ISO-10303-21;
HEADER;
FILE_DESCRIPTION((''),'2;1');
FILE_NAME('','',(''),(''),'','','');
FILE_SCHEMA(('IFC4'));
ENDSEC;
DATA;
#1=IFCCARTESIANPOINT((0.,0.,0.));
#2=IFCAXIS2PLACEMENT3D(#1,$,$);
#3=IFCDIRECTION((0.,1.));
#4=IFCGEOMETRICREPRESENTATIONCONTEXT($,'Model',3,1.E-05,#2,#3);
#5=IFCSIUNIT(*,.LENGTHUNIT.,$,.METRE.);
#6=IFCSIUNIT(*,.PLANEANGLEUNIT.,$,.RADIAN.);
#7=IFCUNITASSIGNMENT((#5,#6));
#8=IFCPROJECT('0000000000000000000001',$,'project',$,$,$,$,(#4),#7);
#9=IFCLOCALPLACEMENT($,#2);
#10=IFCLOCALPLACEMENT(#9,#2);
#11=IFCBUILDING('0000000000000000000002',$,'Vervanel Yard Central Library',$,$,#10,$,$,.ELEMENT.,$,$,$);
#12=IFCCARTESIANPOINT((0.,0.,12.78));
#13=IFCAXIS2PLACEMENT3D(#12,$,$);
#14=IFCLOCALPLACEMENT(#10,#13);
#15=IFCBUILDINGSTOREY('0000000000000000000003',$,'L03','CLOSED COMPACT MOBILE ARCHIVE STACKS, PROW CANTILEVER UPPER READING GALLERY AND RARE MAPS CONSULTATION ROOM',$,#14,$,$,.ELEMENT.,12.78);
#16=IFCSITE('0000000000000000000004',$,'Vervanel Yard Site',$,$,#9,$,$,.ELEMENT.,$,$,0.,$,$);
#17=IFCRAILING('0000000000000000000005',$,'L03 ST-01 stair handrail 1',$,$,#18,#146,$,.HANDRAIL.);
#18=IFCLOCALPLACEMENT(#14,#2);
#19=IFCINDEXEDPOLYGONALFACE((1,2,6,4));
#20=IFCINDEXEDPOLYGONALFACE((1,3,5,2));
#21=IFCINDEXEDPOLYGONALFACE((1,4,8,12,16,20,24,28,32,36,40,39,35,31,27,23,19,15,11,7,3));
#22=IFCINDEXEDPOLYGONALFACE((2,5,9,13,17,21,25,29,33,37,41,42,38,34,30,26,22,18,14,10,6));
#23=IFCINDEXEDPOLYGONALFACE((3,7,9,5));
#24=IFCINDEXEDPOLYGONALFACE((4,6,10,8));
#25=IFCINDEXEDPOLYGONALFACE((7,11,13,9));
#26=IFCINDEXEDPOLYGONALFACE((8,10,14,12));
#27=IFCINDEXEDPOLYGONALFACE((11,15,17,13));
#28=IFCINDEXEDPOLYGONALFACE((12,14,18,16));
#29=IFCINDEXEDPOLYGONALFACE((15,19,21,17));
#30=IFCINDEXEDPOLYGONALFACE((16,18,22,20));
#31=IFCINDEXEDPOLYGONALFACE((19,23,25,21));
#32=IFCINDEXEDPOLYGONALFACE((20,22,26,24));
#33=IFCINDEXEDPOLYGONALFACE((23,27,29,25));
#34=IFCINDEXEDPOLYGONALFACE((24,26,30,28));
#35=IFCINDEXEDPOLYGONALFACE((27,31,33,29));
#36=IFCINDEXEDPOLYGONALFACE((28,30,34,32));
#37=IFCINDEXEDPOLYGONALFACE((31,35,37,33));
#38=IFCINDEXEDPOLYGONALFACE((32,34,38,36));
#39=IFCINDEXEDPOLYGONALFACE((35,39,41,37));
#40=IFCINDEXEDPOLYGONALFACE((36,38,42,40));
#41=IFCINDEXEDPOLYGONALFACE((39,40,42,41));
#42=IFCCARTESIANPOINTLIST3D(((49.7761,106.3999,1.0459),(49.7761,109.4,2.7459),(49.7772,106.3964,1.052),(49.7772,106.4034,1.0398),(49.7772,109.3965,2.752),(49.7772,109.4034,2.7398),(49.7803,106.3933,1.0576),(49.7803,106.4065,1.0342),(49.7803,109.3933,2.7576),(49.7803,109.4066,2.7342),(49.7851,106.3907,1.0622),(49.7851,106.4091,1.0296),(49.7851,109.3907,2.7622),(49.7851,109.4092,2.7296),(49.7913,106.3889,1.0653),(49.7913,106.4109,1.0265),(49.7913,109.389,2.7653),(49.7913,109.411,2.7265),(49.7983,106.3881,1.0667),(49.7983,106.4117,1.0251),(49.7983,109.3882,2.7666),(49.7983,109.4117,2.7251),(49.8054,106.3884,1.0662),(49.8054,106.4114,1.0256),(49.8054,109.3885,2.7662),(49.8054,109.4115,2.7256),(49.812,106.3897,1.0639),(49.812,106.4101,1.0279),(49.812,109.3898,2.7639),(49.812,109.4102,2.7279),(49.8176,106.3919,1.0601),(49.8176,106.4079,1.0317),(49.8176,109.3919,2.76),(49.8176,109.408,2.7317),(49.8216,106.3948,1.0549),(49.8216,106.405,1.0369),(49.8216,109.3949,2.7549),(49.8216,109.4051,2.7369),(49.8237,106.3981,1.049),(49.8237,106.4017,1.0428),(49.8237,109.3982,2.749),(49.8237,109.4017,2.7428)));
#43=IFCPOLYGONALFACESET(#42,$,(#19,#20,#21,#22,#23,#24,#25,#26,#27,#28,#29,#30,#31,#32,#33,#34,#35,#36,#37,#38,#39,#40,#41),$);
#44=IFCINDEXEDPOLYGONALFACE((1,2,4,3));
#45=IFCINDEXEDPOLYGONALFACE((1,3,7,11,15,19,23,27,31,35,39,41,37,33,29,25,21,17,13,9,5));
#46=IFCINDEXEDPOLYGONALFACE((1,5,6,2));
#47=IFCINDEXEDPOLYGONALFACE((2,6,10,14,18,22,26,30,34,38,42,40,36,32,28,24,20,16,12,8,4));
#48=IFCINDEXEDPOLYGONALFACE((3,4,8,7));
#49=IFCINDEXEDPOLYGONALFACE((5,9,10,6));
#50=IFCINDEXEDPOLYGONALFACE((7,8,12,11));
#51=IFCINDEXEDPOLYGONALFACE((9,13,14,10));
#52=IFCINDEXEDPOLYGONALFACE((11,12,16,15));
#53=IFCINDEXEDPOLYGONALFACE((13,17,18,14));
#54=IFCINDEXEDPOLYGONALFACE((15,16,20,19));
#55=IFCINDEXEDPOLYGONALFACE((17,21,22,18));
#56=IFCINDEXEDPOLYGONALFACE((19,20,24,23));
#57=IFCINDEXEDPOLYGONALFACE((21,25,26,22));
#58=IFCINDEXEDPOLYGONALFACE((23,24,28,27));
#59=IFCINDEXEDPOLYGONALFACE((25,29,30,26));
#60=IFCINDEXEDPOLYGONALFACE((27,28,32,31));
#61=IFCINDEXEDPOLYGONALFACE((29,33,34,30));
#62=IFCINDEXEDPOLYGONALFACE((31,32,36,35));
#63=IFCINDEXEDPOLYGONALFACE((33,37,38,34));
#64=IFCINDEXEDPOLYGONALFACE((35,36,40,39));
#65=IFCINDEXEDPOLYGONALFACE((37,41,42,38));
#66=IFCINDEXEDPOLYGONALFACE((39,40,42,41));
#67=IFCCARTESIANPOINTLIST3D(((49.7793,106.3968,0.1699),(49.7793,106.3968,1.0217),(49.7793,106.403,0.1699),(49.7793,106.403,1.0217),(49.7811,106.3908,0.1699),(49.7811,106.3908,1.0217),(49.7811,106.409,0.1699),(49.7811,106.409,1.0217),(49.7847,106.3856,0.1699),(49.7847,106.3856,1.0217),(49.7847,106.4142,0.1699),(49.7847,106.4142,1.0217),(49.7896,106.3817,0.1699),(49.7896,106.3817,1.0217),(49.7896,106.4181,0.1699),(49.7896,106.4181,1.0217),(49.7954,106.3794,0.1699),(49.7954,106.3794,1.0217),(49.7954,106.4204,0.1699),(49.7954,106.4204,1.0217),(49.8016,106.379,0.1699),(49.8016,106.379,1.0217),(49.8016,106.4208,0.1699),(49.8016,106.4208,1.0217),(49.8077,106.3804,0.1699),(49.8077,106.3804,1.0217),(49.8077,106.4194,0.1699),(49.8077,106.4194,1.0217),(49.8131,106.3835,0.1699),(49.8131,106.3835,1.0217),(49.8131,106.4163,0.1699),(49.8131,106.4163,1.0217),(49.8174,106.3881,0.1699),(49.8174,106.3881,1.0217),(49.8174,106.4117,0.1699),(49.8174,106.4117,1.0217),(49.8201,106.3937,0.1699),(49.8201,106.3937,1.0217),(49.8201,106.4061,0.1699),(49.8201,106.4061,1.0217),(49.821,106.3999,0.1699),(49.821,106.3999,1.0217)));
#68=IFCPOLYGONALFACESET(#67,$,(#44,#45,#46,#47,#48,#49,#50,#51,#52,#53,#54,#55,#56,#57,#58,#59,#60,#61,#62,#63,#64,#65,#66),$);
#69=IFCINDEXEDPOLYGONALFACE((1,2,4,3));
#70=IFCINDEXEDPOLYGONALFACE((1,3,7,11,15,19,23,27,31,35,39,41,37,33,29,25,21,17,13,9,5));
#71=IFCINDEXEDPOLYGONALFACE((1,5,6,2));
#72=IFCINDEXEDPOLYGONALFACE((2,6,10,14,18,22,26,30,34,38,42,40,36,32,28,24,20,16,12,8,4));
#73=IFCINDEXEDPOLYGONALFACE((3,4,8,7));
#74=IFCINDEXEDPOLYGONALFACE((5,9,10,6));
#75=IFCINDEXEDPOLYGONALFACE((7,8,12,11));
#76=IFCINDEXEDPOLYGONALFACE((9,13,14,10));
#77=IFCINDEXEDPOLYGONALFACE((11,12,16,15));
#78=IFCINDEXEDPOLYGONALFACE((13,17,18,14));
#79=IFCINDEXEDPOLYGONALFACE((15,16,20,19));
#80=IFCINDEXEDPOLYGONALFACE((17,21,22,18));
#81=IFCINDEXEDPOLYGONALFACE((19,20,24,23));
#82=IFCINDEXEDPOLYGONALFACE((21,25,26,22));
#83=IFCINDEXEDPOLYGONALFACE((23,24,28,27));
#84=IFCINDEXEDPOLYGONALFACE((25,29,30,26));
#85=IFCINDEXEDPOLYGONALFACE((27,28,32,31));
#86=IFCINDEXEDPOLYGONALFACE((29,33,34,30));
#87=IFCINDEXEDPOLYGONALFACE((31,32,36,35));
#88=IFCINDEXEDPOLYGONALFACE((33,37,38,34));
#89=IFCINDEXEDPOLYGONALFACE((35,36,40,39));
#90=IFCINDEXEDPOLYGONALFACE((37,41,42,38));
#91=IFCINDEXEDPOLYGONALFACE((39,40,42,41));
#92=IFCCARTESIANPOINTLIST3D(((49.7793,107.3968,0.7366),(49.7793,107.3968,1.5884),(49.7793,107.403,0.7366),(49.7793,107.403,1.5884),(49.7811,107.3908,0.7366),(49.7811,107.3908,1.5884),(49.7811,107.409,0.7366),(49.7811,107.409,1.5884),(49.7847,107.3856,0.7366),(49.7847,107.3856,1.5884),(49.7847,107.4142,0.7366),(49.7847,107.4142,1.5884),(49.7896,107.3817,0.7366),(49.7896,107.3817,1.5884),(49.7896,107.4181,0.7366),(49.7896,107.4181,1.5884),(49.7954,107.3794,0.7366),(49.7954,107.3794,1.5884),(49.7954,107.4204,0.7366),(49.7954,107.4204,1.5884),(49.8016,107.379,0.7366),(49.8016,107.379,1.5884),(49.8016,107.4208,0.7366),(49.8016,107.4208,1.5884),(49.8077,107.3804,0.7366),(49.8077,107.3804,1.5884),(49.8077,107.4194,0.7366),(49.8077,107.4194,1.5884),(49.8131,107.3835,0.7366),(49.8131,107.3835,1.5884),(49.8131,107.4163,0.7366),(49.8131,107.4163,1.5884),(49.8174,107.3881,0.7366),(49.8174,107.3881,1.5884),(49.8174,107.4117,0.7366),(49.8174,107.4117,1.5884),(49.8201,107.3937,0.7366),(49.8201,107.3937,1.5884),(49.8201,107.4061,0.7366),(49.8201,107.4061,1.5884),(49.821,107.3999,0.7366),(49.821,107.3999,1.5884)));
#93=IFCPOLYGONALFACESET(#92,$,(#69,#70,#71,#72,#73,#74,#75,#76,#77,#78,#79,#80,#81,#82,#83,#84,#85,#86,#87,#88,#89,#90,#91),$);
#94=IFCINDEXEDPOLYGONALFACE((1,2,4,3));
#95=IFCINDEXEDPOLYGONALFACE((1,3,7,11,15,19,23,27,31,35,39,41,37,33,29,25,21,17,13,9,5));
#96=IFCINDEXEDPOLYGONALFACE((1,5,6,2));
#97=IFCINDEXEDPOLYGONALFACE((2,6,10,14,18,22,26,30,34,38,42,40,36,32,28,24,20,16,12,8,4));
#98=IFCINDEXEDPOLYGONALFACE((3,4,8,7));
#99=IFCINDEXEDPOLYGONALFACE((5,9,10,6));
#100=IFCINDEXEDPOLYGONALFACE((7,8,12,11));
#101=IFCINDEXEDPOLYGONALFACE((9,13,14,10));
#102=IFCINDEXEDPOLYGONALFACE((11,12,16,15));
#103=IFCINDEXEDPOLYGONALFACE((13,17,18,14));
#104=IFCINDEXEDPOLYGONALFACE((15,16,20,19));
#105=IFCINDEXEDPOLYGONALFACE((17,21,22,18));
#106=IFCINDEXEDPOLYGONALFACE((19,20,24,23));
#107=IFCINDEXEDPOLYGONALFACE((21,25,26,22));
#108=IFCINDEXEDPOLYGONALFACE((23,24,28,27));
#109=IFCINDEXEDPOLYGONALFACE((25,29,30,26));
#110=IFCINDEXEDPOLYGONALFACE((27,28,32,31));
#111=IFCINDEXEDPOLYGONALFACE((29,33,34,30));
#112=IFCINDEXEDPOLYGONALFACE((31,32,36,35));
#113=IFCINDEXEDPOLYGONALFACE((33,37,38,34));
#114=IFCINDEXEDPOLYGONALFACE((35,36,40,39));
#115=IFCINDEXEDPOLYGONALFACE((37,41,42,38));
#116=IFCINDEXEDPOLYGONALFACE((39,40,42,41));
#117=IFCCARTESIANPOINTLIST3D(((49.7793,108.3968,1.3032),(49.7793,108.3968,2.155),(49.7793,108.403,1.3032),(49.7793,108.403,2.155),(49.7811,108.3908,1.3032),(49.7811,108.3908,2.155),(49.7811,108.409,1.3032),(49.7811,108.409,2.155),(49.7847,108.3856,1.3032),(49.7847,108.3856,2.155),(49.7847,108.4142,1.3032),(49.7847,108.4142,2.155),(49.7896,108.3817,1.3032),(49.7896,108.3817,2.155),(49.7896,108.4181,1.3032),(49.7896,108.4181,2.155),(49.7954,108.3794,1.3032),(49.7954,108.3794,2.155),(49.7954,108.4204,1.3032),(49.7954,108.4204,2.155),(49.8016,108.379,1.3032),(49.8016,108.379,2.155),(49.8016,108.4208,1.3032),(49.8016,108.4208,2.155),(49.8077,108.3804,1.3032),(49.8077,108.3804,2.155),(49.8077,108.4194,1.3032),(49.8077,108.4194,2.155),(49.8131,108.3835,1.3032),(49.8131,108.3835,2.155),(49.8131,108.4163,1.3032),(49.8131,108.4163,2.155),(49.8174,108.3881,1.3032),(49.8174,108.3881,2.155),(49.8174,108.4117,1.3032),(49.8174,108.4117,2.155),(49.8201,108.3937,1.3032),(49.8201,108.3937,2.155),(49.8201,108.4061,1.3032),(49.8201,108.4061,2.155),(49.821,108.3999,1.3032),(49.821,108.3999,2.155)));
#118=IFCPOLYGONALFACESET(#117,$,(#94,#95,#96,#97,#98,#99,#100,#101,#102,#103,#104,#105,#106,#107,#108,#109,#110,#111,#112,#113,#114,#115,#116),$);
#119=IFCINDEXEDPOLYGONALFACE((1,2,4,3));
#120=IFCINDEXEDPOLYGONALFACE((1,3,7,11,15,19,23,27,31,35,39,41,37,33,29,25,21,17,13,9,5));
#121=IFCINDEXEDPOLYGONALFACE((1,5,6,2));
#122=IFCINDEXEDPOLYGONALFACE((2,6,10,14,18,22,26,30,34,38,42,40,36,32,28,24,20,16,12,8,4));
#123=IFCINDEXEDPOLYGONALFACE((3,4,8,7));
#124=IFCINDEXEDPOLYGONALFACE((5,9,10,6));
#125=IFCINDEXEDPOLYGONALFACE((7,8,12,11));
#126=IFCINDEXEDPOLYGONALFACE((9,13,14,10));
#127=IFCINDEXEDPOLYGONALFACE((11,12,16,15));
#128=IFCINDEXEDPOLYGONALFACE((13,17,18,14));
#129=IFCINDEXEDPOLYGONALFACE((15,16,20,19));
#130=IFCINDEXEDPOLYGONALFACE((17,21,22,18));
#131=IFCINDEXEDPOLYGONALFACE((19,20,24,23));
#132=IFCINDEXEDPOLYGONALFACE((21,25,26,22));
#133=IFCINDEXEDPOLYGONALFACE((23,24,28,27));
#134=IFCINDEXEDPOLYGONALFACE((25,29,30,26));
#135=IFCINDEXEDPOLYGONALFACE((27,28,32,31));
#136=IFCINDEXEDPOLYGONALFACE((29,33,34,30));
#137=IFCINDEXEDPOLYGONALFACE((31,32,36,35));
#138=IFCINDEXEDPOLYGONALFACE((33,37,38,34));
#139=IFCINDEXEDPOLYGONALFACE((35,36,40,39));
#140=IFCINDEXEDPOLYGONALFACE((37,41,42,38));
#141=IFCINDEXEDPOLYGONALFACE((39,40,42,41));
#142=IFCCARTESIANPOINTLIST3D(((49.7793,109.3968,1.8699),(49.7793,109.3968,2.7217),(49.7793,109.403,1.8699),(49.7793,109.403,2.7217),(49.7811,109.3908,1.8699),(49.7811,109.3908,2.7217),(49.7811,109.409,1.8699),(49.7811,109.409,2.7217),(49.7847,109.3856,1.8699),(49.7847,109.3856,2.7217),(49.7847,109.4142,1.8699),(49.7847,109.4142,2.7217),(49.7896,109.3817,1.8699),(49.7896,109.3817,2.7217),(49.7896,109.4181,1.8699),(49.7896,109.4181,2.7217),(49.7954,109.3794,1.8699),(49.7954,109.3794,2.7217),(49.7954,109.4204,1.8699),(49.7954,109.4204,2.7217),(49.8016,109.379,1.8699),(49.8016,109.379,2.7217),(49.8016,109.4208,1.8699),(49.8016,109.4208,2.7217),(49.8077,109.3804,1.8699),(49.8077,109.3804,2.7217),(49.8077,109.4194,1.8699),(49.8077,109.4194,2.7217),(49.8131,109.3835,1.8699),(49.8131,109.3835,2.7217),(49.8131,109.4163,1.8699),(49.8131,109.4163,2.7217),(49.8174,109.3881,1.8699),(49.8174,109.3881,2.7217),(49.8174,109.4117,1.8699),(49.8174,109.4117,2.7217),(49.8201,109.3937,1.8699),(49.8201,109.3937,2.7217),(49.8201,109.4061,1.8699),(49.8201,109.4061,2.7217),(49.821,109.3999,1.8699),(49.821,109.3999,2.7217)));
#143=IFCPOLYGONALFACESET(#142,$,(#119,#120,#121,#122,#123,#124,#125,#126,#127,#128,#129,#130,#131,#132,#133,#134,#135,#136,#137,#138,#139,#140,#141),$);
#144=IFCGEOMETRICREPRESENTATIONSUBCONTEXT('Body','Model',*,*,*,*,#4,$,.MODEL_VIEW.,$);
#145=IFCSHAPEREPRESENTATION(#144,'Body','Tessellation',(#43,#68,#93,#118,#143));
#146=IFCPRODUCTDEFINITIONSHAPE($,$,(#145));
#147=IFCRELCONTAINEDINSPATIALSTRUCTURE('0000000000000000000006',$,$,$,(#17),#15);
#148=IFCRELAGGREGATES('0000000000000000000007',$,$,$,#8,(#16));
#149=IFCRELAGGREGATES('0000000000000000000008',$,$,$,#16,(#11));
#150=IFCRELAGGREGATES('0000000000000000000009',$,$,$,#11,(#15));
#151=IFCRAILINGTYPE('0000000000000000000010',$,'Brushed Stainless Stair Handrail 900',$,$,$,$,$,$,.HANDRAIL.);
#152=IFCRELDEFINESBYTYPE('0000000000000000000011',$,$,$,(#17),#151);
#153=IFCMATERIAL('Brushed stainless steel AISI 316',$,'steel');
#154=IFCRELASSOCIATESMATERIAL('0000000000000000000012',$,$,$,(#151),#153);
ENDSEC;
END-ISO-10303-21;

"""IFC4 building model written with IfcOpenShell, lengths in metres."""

from ifc_helpers import new_model, si_unit, direction, frame, origin, origin_2d, place, context, subcontext, project, spatial, circle, extrude, material, type_object, element, save


model = new_model("IFC4")

# Units and contexts
model_context = context("Model", 3, precision=1e-05, world=origin(), true_north=direction((0.0, 1.0)))
body_context = subcontext(model_context, "Body", "Model", "MODEL_VIEW")
ifc_project = project(units=[si_unit("LENGTHUNIT", "METRE"), si_unit("PLANEANGLEUNIT", "RADIAN")], contexts=[model_context])

# Site, building, storey
site_placement = place(None, origin())
site = spatial("IfcSite", under=ifc_project, at=site_placement, Name="Vervanel Yard Site", CompositionType="ELEMENT", RefElevation=0.0)
building_placement = place(site_placement, origin())
building = spatial("IfcBuilding", under=site, at=building_placement, Name="Vervanel Yard Central Library", CompositionType="ELEMENT")
storey_placement = place(building_placement, frame((0.0, 0.0, 12.78)))
storey = spatial("IfcBuildingStorey", under=building, at=storey_placement, Name="L03", Description="CLOSED COMPACT MOBILE ARCHIVE STACKS, PROW CANTILEVER UPPER READING GALLERY AND RARE MAPS CONSULTATION ROOM", CompositionType="ELEMENT", Elevation=12.78)

# Shared definitions
ifc_material_1 = material(Name="Brushed stainless steel AISI 316", Category="steel")

# Railing
railing_type_1 = type_object("IfcRailingType", Name="Brushed Stainless Stair Handrail 900", PredefinedType="HANDRAIL", material=ifc_material_1)
railing_1_placement = place(storey_placement, frame((49.8, 106.3999, 0.1699)))
element("IfcRailing", 1, at=railing_1_placement, inside=storey, type_object=railing_type_1, Name="L03 ST-01 stair handrail 1", PredefinedType="HANDRAIL", context=body_context, shape_type="SweptSolid", body=[
    extrude(circle(Radius=0.0239, at=origin_2d()), frame((0.0, 0.0, 0.876), z_axis=(0.0, 0.870028, 0.493002), x_axis=(-1.0, 0.0, 0.0)), (0.0, 0.0, 1.0), 3.4482),
    extrude(circle(Radius=0.021, at=origin_2d()), origin(), (0.0, 0.0, 1.0), 0.8518),
    extrude(circle(Radius=0.021, at=origin_2d()), frame((0.0, 1.0, 0.5667)), (0.0, 0.0, 1.0), 0.8518),
    extrude(circle(Radius=0.021, at=origin_2d()), frame((0.0, 2.0, 1.1333)), (0.0, 0.0, 1.0), 0.8518),
    extrude(circle(Radius=0.021, at=origin_2d()), frame((0.0, 3.0, 1.7)), (0.0, 0.0, 1.0), 0.8518),
])

save(model, "model.ifc")
